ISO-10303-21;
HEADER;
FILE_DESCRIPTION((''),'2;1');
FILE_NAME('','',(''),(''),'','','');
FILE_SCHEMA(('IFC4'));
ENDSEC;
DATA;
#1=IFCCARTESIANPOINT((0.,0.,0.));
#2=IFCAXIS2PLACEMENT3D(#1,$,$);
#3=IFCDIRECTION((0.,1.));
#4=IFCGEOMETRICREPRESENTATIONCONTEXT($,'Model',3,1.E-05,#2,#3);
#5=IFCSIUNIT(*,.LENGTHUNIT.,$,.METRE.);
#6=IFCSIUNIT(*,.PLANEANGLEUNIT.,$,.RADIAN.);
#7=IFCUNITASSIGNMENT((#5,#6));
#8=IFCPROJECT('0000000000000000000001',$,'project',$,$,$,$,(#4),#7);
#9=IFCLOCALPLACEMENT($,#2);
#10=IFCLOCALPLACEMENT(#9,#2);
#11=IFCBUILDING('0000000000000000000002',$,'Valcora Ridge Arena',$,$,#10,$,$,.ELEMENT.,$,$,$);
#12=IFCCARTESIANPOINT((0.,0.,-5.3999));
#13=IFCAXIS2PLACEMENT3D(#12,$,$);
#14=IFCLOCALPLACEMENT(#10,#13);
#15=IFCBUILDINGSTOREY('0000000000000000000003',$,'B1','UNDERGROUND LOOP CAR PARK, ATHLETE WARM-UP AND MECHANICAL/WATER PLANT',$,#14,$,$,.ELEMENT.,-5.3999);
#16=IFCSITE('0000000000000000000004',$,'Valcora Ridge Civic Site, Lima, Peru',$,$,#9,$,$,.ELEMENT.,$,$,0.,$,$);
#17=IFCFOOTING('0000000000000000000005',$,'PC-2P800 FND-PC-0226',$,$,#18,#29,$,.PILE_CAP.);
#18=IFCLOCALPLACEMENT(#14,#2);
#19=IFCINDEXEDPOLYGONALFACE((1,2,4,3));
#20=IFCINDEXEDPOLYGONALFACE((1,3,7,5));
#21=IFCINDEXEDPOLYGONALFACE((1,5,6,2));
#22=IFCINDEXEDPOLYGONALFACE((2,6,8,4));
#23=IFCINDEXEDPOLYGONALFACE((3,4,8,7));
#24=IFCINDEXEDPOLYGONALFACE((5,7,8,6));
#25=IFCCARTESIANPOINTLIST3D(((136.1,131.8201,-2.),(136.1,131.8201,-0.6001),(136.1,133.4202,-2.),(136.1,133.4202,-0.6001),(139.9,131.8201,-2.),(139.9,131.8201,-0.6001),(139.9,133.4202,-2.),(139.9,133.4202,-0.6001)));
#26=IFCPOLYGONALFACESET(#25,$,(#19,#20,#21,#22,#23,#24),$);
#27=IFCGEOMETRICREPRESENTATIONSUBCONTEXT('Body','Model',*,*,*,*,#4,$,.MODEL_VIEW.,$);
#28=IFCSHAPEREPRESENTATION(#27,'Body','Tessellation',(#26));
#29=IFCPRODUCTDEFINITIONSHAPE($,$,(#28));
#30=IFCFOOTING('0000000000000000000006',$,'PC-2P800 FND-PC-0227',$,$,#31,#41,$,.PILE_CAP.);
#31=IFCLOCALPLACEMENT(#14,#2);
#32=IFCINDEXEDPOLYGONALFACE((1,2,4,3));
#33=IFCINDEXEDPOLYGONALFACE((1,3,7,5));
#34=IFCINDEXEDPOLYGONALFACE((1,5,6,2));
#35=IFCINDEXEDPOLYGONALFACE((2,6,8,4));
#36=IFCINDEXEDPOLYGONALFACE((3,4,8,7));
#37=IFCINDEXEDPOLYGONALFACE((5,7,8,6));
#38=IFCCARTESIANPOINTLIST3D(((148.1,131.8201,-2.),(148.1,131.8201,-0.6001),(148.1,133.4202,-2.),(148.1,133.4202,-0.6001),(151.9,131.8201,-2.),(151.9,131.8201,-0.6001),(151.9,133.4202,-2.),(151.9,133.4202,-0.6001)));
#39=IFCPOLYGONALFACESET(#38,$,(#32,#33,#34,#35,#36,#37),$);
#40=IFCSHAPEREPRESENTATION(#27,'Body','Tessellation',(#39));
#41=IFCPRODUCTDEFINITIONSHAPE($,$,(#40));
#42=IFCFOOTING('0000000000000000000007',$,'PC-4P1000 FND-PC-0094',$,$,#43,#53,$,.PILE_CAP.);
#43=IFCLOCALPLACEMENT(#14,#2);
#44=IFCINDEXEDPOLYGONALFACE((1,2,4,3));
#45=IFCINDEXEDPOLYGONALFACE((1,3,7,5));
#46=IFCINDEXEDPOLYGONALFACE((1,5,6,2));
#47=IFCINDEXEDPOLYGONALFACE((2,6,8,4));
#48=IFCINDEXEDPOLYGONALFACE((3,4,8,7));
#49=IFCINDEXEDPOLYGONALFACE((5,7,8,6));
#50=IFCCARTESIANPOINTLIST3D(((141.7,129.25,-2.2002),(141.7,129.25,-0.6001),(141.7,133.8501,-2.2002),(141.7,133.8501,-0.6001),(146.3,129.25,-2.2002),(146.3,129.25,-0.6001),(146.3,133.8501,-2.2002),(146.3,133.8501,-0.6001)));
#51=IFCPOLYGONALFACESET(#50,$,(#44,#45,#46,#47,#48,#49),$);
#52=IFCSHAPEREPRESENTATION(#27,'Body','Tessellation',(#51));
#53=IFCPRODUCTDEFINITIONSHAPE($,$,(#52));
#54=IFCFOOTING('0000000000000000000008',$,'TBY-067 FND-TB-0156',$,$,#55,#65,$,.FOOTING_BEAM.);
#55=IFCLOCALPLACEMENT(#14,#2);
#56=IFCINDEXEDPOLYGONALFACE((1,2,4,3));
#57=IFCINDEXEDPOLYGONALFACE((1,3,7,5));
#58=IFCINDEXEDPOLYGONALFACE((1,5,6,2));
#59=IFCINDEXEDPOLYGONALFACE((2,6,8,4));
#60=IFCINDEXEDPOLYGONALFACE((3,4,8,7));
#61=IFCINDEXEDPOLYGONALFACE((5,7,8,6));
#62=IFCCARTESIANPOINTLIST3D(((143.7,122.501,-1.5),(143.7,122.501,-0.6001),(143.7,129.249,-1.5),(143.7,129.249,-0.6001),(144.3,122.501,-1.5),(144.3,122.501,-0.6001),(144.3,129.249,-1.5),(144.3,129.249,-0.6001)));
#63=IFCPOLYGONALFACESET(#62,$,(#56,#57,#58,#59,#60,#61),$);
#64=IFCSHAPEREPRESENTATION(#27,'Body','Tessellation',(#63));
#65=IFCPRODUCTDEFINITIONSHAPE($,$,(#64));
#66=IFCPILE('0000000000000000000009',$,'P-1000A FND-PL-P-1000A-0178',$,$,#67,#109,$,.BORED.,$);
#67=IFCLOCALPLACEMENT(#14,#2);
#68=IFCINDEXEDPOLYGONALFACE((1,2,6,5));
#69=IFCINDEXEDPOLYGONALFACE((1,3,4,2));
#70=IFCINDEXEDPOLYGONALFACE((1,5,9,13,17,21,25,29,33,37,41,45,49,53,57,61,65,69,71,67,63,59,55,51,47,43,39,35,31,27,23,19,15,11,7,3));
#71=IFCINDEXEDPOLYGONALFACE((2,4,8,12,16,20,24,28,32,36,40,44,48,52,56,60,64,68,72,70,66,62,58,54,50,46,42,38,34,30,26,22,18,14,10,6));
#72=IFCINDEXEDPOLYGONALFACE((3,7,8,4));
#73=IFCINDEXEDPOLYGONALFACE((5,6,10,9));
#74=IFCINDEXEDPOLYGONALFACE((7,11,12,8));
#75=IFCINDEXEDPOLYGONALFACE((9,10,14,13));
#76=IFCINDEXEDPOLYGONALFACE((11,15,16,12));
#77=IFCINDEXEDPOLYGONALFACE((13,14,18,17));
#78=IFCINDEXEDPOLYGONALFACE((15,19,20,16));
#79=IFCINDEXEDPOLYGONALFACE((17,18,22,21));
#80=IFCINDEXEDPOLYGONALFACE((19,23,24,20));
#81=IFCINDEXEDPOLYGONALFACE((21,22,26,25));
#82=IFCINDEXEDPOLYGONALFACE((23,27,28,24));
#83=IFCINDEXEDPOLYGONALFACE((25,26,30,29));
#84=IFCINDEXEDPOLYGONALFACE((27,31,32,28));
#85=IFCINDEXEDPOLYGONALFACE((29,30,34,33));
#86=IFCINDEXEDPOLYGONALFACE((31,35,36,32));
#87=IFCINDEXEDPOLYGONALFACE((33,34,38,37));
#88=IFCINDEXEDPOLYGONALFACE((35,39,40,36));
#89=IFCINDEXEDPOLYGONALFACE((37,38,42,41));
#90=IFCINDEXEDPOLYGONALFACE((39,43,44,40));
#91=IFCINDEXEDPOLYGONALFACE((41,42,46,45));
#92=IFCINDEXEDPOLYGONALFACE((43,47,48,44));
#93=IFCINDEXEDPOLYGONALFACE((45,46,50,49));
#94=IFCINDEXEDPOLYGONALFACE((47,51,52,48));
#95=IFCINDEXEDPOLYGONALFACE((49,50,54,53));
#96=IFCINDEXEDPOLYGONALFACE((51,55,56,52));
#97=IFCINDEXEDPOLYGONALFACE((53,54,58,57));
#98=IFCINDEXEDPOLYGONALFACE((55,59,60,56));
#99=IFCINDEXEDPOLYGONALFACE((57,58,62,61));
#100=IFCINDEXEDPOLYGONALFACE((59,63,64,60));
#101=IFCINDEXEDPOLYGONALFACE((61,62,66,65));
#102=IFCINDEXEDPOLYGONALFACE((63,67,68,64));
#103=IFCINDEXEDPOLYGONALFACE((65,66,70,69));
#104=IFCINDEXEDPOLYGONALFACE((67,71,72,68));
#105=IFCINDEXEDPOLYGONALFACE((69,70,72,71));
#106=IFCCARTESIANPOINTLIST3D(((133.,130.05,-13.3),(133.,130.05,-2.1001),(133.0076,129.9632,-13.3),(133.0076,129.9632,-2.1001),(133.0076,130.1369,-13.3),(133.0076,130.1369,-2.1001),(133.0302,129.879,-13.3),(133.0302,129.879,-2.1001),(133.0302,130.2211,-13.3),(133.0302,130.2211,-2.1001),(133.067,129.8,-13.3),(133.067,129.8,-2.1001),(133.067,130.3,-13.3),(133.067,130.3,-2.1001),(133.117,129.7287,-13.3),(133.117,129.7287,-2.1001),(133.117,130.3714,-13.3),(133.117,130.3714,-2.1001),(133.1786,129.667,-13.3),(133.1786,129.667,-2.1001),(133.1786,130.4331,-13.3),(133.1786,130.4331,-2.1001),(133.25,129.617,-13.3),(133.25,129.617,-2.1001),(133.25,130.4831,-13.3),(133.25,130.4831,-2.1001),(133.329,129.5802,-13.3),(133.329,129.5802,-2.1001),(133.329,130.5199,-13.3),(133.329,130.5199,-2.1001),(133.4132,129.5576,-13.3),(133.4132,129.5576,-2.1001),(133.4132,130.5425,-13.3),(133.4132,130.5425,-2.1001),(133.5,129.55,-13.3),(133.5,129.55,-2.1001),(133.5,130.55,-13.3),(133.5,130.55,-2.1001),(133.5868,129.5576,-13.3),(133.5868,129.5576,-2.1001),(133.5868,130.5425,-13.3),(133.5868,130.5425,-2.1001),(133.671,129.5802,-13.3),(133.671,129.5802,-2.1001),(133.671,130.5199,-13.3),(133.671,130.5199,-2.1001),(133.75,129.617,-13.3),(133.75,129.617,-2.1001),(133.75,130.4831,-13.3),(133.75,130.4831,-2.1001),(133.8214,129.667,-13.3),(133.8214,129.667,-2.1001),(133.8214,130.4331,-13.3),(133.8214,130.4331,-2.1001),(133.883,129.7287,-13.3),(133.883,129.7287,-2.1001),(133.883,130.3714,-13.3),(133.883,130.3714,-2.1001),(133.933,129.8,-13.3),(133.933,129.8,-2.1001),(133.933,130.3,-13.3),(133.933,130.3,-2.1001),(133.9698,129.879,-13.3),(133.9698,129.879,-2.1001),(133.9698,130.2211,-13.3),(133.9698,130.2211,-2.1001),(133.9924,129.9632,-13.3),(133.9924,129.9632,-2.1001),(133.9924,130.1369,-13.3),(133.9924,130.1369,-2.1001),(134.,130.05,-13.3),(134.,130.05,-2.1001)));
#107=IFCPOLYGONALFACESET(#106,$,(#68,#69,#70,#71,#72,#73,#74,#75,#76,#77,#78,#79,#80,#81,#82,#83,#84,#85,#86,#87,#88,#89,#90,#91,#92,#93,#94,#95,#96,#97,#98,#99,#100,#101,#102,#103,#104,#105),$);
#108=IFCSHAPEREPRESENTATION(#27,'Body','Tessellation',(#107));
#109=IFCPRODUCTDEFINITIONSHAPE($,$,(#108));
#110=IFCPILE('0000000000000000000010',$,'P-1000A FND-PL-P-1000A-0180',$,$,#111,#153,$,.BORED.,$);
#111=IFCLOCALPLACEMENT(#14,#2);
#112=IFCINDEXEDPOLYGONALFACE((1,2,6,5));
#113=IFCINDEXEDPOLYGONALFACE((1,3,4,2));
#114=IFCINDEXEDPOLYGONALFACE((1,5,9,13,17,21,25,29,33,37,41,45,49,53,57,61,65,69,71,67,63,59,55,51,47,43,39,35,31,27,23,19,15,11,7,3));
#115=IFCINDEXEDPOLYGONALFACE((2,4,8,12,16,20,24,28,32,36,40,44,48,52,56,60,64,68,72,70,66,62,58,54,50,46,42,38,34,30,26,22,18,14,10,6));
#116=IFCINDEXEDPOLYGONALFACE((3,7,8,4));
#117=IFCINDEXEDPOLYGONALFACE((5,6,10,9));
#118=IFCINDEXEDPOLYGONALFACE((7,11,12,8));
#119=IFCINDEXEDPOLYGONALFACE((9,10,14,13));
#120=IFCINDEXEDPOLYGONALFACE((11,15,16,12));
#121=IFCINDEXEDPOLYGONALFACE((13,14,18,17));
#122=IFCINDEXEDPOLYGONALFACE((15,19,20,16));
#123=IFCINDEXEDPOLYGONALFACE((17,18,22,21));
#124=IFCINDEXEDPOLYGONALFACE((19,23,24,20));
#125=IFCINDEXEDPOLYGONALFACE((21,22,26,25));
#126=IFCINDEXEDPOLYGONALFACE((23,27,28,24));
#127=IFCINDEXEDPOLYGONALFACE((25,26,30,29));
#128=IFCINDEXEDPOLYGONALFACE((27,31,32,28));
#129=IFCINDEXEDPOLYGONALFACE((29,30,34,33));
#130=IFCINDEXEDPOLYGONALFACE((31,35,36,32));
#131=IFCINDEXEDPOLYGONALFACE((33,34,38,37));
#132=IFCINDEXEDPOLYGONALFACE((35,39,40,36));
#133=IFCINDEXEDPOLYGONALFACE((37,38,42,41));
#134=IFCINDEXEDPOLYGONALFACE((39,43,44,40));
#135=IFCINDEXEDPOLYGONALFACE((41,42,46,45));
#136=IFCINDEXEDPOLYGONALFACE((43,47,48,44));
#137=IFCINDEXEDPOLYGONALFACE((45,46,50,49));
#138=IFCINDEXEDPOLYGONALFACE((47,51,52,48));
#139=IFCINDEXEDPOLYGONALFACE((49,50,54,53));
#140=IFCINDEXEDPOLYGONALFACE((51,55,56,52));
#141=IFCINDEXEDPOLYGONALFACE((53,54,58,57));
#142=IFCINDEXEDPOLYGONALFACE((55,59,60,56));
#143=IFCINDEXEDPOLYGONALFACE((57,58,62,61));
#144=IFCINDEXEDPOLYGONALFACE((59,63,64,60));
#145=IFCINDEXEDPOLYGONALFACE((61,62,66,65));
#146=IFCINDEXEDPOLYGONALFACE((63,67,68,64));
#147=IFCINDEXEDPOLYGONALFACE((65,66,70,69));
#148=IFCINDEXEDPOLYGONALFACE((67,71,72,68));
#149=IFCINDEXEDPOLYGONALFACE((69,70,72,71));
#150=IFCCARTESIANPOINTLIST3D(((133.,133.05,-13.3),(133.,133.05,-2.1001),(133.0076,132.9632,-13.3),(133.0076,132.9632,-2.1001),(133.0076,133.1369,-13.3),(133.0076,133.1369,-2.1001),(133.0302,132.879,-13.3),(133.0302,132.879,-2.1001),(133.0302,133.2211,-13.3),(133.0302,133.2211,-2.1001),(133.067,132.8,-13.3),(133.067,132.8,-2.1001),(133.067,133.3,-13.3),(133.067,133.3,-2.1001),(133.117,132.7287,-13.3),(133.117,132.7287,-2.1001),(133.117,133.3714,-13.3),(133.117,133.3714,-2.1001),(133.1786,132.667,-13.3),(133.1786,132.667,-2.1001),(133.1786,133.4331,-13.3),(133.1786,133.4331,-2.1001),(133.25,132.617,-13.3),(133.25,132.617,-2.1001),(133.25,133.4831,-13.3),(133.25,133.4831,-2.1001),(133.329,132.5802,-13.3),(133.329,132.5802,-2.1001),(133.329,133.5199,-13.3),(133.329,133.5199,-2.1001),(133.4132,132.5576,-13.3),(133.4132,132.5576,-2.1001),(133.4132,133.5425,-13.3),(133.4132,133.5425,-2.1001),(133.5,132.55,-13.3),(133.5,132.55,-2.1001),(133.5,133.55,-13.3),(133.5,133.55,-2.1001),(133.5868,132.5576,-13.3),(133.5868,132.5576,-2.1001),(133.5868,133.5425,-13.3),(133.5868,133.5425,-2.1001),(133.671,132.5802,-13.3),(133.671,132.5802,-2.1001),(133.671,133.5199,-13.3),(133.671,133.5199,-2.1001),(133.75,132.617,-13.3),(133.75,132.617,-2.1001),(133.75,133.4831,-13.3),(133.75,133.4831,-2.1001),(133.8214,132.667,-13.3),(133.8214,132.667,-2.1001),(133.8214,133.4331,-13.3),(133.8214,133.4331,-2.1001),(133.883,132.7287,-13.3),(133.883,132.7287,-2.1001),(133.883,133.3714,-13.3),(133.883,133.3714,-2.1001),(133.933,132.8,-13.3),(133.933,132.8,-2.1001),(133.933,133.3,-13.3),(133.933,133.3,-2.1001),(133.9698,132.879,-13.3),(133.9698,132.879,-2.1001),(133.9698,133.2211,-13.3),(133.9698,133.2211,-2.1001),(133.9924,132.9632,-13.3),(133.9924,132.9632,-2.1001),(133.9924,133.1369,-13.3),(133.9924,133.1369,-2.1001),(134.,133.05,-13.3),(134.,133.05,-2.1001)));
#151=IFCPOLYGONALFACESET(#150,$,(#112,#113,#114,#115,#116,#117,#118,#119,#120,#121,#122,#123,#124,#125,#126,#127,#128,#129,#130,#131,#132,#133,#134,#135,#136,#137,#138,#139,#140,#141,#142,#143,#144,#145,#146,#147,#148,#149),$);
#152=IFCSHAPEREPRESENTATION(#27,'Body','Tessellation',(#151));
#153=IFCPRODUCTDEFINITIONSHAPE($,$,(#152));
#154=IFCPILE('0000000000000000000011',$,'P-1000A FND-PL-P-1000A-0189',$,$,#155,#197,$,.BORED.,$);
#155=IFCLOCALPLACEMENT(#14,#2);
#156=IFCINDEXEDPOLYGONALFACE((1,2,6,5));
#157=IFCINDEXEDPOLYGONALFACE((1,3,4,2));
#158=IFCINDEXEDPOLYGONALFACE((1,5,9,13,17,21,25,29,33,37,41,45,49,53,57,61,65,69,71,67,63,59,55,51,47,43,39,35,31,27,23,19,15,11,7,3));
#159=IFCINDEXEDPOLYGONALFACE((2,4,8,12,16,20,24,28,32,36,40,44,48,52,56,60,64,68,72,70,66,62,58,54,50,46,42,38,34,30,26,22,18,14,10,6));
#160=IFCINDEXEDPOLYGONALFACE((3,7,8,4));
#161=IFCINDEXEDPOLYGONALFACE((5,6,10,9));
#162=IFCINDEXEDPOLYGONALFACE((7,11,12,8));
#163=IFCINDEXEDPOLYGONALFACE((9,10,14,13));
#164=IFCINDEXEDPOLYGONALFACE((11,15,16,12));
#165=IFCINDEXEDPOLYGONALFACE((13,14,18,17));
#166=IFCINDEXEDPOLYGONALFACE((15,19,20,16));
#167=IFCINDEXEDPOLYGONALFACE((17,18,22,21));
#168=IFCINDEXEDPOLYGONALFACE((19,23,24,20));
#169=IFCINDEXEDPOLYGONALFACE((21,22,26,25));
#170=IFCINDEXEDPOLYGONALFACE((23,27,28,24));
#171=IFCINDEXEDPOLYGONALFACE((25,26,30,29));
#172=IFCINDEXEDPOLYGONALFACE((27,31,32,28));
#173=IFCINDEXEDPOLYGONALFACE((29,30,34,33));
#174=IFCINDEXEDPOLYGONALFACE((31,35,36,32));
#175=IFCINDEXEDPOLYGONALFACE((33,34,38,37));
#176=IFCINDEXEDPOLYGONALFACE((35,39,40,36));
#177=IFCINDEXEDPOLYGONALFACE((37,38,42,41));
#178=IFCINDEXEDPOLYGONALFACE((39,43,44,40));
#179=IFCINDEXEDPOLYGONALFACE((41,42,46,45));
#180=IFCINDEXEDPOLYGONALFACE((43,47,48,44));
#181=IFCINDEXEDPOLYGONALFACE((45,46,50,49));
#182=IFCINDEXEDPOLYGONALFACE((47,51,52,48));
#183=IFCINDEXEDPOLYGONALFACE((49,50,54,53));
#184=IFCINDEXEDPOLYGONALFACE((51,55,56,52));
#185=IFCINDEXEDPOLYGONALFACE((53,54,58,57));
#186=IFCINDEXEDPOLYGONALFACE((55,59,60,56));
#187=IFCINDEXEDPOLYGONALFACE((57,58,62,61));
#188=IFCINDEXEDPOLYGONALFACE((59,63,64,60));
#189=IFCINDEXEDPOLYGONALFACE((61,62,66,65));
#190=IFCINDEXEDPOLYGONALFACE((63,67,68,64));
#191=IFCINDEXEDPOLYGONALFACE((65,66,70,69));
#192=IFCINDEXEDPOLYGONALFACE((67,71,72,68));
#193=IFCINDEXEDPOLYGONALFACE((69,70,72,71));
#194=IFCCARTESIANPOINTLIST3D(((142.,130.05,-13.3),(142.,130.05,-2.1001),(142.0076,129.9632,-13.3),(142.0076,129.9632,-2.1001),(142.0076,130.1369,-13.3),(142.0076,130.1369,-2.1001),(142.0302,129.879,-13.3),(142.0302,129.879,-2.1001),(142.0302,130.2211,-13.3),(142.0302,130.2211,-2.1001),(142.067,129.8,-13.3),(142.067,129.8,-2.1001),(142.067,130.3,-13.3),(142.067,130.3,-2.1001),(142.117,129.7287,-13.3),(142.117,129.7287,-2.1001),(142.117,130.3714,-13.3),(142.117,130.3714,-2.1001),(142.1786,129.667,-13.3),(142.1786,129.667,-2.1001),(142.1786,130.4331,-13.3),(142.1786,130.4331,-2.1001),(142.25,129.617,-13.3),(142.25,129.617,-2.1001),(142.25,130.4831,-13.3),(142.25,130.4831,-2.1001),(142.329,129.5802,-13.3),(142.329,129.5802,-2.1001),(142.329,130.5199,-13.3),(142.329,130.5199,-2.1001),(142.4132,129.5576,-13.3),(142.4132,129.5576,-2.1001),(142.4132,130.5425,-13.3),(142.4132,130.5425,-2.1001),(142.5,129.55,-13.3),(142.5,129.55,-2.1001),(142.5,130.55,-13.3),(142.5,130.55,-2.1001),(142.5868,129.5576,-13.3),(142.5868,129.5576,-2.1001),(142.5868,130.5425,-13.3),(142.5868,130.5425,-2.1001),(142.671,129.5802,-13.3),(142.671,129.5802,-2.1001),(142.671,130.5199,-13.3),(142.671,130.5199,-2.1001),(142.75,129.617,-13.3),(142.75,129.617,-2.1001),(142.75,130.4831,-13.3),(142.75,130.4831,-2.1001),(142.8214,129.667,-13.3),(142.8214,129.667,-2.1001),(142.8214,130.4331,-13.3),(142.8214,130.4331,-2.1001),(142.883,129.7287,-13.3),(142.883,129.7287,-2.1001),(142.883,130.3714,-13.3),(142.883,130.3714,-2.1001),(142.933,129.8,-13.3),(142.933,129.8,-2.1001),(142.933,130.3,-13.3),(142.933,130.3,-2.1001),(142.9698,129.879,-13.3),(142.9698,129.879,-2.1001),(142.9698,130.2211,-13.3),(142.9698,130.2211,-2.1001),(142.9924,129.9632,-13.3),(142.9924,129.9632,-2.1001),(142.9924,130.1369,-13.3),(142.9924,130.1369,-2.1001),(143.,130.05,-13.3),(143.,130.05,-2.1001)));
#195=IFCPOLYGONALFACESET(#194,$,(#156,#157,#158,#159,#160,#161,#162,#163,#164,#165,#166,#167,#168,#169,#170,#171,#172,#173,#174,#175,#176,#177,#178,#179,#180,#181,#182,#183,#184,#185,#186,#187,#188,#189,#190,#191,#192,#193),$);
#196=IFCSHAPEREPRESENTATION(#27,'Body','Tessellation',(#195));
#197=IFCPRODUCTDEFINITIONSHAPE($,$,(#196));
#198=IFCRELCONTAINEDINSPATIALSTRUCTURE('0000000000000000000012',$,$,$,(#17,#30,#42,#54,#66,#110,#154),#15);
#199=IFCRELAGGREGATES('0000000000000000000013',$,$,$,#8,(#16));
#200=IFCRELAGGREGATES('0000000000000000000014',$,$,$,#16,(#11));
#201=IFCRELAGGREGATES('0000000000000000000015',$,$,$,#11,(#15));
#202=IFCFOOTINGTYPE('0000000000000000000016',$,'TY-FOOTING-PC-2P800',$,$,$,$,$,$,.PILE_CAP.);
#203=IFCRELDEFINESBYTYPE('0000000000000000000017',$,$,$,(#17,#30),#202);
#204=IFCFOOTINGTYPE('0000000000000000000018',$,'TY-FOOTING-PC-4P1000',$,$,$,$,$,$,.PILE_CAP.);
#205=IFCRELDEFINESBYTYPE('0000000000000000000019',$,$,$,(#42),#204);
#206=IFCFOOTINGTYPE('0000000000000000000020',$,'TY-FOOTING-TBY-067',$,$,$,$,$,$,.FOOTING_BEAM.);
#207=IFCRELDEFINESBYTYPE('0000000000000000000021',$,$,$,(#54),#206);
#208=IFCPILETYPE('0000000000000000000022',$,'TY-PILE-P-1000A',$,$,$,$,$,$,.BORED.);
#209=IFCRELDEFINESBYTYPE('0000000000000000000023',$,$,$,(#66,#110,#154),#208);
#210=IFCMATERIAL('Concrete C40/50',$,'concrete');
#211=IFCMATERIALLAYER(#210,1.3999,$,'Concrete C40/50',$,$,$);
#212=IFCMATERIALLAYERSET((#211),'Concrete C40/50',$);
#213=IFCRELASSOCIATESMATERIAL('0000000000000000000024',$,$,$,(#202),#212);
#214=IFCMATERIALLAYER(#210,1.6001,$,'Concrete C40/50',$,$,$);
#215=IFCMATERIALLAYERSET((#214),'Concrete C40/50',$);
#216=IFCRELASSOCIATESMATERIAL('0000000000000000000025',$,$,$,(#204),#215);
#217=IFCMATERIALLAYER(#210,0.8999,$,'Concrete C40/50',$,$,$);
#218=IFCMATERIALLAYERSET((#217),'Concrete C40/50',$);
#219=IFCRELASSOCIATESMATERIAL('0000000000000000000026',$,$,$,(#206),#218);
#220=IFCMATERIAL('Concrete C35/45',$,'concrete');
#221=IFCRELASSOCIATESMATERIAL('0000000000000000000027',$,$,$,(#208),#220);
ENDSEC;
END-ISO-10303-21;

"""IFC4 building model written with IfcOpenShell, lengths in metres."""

from ifc_helpers import new_model, si_unit, direction, frame, origin, origin_2d, place, context, subcontext, project, spatial, rectangle, circle, extrude, material, layer, layer_set, material_profile, profile_set, type_object, element, save


model = new_model("IFC4")

# Units and contexts
model_context = context("Model", 3, precision=1e-05, world=origin(), true_north=direction((0.0, 1.0)))
body_context = subcontext(model_context, "Body", "Model", "MODEL_VIEW")
ifc_project = project(units=[si_unit("LENGTHUNIT", "METRE"), si_unit("PLANEANGLEUNIT", "RADIAN")], contexts=[model_context])

# Site, building, storey
site_placement = place(None, origin())
site = spatial("IfcSite", under=ifc_project, at=site_placement, Name="Valcora Ridge Civic Site, Lima, Peru", CompositionType="ELEMENT", RefElevation=0.0)
building_placement = place(site_placement, origin())
building = spatial("IfcBuilding", under=site, at=building_placement, Name="Valcora Ridge Arena", CompositionType="ELEMENT")
storey_placement = place(building_placement, frame((0.0, 0.0, -5.3999)))
storey = spatial("IfcBuildingStorey", under=building, at=storey_placement, Name="B1", Description="UNDERGROUND LOOP CAR PARK, ATHLETE WARM-UP AND MECHANICAL/WATER PLANT", CompositionType="ELEMENT", Elevation=-5.3999)

# Footings
ifc_material_1 = material(Name="Concrete C40/50", Category="concrete")
ifc_layer_1 = layer(ifc_material_1, 1.3999, Name="Concrete C40/50")
ifc_layer_set_1 = layer_set([ifc_layer_1], Name="Concrete C40/50")
footing_type_1 = type_object("IfcFootingType", Name="TY-FOOTING-PC-2P800", PredefinedType="PILE_CAP", material=ifc_layer_set_1)
for number, where, z_axis, x_axis, name in (
    (1, (138.0, 132.6201, -2.0), (0.0, 0.0, 1.0), (1.0, 0.0, 0.0), "PC-2P800 FND-PC-0226"),
    (2, (150.0, 132.6201, -2.0), (0.0, 0.0, 1.0), (1.0, 0.0, 0.0), "PC-2P800 FND-PC-0227"),
):
    element("IfcFooting", number, at=place(storey_placement, frame(where, z_axis=z_axis, x_axis=x_axis)), inside=storey, type_object=footing_type_1, Name=name, PredefinedType="PILE_CAP", context=body_context, shape_type="SweptSolid", body=[
        extrude(rectangle(XDim=3.8, YDim=1.6001, at=origin_2d()), origin(), (0.0, 0.0, 1.0), 1.3999),
    ])
ifc_layer_2 = layer(ifc_material_1, 1.6001, Name="Concrete C40/50")
ifc_layer_set_2 = layer_set([ifc_layer_2], Name="Concrete C40/50")
footing_type_2 = type_object("IfcFootingType", Name="TY-FOOTING-PC-4P1000", PredefinedType="PILE_CAP", material=ifc_layer_set_2)
footing_1_placement = place(storey_placement, frame((144.0, 131.55, -2.2002), z_axis=(0.0, 0.0, 1.0), x_axis=(1.0, 0.0, 0.0)))
element("IfcFooting", 3, at=footing_1_placement, inside=storey, type_object=footing_type_2, Name="PC-4P1000 FND-PC-0094", PredefinedType="PILE_CAP", context=body_context, shape_type="SweptSolid", body=[
    extrude(rectangle(XDim=4.6001, YDim=4.6001, at=origin_2d()), origin(), (0.0, 0.0, 1.0), 1.6001),
])
ifc_layer_3 = layer(ifc_material_1, 0.8999, Name="Concrete C40/50")
ifc_layer_set_3 = layer_set([ifc_layer_3], Name="Concrete C40/50")
footing_type_3 = type_object("IfcFootingType", Name="TY-FOOTING-TBY-067", PredefinedType="FOOTING_BEAM", material=ifc_layer_set_3)
footing_2_placement = place(storey_placement, frame((144.0, 125.875, -1.5), z_axis=(0.0, 0.0, 1.0), x_axis=(1.0, 0.0, 0.0)))
element("IfcFooting", 4, at=footing_2_placement, inside=storey, type_object=footing_type_3, Name="TBY-067 FND-TB-0156", PredefinedType="FOOTING_BEAM", context=body_context, shape_type="SweptSolid", body=[
    extrude(rectangle(XDim=0.6001, YDim=6.748, at=origin_2d()), origin(), (0.0, 0.0, 1.0), 0.8999),
])

# Piles
ifc_material_2 = material(Name="Concrete C35/45", Category="concrete")
ifc_material_profile_1 = material_profile(ifc_material_2, circle(Radius=0.5, at=origin_2d()), Name="BORED PILE D1000")
ifc_profile_set_1 = profile_set([ifc_material_profile_1], Name="Concrete C35/45")
pile_type_1 = type_object("IfcPileType", Name="TY-PILE-P-1000A", PredefinedType="BORED", material=ifc_profile_set_1)
for number, where, z_axis, x_axis, name in (
    (5, (133.5, 130.05, -2.1001), (0.0, 0.0, -1.0), (1.0, 0.0, 0.0), "P-1000A FND-PL-P-1000A-0178"),
    (6, (133.5, 133.05, -2.1001), (0.0, 0.0, -1.0), (1.0, 0.0, 0.0), "P-1000A FND-PL-P-1000A-0180"),
    (7, (142.5, 130.05, -2.1001), (0.0, 0.0, -1.0), (1.0, 0.0, 0.0), "P-1000A FND-PL-P-1000A-0189"),
):
    element("IfcPile", number, at=place(storey_placement, frame(where, z_axis=z_axis, x_axis=x_axis)), inside=storey, type_object=pile_type_1, Name=name, PredefinedType="BORED", context=body_context, shape_type="SweptSolid", body=[
        extrude(circle(Radius=0.5, at=origin_2d()), origin(), (0.0, 0.0, 1.0), 11.2),
    ])

save(model, "model.ifc")
